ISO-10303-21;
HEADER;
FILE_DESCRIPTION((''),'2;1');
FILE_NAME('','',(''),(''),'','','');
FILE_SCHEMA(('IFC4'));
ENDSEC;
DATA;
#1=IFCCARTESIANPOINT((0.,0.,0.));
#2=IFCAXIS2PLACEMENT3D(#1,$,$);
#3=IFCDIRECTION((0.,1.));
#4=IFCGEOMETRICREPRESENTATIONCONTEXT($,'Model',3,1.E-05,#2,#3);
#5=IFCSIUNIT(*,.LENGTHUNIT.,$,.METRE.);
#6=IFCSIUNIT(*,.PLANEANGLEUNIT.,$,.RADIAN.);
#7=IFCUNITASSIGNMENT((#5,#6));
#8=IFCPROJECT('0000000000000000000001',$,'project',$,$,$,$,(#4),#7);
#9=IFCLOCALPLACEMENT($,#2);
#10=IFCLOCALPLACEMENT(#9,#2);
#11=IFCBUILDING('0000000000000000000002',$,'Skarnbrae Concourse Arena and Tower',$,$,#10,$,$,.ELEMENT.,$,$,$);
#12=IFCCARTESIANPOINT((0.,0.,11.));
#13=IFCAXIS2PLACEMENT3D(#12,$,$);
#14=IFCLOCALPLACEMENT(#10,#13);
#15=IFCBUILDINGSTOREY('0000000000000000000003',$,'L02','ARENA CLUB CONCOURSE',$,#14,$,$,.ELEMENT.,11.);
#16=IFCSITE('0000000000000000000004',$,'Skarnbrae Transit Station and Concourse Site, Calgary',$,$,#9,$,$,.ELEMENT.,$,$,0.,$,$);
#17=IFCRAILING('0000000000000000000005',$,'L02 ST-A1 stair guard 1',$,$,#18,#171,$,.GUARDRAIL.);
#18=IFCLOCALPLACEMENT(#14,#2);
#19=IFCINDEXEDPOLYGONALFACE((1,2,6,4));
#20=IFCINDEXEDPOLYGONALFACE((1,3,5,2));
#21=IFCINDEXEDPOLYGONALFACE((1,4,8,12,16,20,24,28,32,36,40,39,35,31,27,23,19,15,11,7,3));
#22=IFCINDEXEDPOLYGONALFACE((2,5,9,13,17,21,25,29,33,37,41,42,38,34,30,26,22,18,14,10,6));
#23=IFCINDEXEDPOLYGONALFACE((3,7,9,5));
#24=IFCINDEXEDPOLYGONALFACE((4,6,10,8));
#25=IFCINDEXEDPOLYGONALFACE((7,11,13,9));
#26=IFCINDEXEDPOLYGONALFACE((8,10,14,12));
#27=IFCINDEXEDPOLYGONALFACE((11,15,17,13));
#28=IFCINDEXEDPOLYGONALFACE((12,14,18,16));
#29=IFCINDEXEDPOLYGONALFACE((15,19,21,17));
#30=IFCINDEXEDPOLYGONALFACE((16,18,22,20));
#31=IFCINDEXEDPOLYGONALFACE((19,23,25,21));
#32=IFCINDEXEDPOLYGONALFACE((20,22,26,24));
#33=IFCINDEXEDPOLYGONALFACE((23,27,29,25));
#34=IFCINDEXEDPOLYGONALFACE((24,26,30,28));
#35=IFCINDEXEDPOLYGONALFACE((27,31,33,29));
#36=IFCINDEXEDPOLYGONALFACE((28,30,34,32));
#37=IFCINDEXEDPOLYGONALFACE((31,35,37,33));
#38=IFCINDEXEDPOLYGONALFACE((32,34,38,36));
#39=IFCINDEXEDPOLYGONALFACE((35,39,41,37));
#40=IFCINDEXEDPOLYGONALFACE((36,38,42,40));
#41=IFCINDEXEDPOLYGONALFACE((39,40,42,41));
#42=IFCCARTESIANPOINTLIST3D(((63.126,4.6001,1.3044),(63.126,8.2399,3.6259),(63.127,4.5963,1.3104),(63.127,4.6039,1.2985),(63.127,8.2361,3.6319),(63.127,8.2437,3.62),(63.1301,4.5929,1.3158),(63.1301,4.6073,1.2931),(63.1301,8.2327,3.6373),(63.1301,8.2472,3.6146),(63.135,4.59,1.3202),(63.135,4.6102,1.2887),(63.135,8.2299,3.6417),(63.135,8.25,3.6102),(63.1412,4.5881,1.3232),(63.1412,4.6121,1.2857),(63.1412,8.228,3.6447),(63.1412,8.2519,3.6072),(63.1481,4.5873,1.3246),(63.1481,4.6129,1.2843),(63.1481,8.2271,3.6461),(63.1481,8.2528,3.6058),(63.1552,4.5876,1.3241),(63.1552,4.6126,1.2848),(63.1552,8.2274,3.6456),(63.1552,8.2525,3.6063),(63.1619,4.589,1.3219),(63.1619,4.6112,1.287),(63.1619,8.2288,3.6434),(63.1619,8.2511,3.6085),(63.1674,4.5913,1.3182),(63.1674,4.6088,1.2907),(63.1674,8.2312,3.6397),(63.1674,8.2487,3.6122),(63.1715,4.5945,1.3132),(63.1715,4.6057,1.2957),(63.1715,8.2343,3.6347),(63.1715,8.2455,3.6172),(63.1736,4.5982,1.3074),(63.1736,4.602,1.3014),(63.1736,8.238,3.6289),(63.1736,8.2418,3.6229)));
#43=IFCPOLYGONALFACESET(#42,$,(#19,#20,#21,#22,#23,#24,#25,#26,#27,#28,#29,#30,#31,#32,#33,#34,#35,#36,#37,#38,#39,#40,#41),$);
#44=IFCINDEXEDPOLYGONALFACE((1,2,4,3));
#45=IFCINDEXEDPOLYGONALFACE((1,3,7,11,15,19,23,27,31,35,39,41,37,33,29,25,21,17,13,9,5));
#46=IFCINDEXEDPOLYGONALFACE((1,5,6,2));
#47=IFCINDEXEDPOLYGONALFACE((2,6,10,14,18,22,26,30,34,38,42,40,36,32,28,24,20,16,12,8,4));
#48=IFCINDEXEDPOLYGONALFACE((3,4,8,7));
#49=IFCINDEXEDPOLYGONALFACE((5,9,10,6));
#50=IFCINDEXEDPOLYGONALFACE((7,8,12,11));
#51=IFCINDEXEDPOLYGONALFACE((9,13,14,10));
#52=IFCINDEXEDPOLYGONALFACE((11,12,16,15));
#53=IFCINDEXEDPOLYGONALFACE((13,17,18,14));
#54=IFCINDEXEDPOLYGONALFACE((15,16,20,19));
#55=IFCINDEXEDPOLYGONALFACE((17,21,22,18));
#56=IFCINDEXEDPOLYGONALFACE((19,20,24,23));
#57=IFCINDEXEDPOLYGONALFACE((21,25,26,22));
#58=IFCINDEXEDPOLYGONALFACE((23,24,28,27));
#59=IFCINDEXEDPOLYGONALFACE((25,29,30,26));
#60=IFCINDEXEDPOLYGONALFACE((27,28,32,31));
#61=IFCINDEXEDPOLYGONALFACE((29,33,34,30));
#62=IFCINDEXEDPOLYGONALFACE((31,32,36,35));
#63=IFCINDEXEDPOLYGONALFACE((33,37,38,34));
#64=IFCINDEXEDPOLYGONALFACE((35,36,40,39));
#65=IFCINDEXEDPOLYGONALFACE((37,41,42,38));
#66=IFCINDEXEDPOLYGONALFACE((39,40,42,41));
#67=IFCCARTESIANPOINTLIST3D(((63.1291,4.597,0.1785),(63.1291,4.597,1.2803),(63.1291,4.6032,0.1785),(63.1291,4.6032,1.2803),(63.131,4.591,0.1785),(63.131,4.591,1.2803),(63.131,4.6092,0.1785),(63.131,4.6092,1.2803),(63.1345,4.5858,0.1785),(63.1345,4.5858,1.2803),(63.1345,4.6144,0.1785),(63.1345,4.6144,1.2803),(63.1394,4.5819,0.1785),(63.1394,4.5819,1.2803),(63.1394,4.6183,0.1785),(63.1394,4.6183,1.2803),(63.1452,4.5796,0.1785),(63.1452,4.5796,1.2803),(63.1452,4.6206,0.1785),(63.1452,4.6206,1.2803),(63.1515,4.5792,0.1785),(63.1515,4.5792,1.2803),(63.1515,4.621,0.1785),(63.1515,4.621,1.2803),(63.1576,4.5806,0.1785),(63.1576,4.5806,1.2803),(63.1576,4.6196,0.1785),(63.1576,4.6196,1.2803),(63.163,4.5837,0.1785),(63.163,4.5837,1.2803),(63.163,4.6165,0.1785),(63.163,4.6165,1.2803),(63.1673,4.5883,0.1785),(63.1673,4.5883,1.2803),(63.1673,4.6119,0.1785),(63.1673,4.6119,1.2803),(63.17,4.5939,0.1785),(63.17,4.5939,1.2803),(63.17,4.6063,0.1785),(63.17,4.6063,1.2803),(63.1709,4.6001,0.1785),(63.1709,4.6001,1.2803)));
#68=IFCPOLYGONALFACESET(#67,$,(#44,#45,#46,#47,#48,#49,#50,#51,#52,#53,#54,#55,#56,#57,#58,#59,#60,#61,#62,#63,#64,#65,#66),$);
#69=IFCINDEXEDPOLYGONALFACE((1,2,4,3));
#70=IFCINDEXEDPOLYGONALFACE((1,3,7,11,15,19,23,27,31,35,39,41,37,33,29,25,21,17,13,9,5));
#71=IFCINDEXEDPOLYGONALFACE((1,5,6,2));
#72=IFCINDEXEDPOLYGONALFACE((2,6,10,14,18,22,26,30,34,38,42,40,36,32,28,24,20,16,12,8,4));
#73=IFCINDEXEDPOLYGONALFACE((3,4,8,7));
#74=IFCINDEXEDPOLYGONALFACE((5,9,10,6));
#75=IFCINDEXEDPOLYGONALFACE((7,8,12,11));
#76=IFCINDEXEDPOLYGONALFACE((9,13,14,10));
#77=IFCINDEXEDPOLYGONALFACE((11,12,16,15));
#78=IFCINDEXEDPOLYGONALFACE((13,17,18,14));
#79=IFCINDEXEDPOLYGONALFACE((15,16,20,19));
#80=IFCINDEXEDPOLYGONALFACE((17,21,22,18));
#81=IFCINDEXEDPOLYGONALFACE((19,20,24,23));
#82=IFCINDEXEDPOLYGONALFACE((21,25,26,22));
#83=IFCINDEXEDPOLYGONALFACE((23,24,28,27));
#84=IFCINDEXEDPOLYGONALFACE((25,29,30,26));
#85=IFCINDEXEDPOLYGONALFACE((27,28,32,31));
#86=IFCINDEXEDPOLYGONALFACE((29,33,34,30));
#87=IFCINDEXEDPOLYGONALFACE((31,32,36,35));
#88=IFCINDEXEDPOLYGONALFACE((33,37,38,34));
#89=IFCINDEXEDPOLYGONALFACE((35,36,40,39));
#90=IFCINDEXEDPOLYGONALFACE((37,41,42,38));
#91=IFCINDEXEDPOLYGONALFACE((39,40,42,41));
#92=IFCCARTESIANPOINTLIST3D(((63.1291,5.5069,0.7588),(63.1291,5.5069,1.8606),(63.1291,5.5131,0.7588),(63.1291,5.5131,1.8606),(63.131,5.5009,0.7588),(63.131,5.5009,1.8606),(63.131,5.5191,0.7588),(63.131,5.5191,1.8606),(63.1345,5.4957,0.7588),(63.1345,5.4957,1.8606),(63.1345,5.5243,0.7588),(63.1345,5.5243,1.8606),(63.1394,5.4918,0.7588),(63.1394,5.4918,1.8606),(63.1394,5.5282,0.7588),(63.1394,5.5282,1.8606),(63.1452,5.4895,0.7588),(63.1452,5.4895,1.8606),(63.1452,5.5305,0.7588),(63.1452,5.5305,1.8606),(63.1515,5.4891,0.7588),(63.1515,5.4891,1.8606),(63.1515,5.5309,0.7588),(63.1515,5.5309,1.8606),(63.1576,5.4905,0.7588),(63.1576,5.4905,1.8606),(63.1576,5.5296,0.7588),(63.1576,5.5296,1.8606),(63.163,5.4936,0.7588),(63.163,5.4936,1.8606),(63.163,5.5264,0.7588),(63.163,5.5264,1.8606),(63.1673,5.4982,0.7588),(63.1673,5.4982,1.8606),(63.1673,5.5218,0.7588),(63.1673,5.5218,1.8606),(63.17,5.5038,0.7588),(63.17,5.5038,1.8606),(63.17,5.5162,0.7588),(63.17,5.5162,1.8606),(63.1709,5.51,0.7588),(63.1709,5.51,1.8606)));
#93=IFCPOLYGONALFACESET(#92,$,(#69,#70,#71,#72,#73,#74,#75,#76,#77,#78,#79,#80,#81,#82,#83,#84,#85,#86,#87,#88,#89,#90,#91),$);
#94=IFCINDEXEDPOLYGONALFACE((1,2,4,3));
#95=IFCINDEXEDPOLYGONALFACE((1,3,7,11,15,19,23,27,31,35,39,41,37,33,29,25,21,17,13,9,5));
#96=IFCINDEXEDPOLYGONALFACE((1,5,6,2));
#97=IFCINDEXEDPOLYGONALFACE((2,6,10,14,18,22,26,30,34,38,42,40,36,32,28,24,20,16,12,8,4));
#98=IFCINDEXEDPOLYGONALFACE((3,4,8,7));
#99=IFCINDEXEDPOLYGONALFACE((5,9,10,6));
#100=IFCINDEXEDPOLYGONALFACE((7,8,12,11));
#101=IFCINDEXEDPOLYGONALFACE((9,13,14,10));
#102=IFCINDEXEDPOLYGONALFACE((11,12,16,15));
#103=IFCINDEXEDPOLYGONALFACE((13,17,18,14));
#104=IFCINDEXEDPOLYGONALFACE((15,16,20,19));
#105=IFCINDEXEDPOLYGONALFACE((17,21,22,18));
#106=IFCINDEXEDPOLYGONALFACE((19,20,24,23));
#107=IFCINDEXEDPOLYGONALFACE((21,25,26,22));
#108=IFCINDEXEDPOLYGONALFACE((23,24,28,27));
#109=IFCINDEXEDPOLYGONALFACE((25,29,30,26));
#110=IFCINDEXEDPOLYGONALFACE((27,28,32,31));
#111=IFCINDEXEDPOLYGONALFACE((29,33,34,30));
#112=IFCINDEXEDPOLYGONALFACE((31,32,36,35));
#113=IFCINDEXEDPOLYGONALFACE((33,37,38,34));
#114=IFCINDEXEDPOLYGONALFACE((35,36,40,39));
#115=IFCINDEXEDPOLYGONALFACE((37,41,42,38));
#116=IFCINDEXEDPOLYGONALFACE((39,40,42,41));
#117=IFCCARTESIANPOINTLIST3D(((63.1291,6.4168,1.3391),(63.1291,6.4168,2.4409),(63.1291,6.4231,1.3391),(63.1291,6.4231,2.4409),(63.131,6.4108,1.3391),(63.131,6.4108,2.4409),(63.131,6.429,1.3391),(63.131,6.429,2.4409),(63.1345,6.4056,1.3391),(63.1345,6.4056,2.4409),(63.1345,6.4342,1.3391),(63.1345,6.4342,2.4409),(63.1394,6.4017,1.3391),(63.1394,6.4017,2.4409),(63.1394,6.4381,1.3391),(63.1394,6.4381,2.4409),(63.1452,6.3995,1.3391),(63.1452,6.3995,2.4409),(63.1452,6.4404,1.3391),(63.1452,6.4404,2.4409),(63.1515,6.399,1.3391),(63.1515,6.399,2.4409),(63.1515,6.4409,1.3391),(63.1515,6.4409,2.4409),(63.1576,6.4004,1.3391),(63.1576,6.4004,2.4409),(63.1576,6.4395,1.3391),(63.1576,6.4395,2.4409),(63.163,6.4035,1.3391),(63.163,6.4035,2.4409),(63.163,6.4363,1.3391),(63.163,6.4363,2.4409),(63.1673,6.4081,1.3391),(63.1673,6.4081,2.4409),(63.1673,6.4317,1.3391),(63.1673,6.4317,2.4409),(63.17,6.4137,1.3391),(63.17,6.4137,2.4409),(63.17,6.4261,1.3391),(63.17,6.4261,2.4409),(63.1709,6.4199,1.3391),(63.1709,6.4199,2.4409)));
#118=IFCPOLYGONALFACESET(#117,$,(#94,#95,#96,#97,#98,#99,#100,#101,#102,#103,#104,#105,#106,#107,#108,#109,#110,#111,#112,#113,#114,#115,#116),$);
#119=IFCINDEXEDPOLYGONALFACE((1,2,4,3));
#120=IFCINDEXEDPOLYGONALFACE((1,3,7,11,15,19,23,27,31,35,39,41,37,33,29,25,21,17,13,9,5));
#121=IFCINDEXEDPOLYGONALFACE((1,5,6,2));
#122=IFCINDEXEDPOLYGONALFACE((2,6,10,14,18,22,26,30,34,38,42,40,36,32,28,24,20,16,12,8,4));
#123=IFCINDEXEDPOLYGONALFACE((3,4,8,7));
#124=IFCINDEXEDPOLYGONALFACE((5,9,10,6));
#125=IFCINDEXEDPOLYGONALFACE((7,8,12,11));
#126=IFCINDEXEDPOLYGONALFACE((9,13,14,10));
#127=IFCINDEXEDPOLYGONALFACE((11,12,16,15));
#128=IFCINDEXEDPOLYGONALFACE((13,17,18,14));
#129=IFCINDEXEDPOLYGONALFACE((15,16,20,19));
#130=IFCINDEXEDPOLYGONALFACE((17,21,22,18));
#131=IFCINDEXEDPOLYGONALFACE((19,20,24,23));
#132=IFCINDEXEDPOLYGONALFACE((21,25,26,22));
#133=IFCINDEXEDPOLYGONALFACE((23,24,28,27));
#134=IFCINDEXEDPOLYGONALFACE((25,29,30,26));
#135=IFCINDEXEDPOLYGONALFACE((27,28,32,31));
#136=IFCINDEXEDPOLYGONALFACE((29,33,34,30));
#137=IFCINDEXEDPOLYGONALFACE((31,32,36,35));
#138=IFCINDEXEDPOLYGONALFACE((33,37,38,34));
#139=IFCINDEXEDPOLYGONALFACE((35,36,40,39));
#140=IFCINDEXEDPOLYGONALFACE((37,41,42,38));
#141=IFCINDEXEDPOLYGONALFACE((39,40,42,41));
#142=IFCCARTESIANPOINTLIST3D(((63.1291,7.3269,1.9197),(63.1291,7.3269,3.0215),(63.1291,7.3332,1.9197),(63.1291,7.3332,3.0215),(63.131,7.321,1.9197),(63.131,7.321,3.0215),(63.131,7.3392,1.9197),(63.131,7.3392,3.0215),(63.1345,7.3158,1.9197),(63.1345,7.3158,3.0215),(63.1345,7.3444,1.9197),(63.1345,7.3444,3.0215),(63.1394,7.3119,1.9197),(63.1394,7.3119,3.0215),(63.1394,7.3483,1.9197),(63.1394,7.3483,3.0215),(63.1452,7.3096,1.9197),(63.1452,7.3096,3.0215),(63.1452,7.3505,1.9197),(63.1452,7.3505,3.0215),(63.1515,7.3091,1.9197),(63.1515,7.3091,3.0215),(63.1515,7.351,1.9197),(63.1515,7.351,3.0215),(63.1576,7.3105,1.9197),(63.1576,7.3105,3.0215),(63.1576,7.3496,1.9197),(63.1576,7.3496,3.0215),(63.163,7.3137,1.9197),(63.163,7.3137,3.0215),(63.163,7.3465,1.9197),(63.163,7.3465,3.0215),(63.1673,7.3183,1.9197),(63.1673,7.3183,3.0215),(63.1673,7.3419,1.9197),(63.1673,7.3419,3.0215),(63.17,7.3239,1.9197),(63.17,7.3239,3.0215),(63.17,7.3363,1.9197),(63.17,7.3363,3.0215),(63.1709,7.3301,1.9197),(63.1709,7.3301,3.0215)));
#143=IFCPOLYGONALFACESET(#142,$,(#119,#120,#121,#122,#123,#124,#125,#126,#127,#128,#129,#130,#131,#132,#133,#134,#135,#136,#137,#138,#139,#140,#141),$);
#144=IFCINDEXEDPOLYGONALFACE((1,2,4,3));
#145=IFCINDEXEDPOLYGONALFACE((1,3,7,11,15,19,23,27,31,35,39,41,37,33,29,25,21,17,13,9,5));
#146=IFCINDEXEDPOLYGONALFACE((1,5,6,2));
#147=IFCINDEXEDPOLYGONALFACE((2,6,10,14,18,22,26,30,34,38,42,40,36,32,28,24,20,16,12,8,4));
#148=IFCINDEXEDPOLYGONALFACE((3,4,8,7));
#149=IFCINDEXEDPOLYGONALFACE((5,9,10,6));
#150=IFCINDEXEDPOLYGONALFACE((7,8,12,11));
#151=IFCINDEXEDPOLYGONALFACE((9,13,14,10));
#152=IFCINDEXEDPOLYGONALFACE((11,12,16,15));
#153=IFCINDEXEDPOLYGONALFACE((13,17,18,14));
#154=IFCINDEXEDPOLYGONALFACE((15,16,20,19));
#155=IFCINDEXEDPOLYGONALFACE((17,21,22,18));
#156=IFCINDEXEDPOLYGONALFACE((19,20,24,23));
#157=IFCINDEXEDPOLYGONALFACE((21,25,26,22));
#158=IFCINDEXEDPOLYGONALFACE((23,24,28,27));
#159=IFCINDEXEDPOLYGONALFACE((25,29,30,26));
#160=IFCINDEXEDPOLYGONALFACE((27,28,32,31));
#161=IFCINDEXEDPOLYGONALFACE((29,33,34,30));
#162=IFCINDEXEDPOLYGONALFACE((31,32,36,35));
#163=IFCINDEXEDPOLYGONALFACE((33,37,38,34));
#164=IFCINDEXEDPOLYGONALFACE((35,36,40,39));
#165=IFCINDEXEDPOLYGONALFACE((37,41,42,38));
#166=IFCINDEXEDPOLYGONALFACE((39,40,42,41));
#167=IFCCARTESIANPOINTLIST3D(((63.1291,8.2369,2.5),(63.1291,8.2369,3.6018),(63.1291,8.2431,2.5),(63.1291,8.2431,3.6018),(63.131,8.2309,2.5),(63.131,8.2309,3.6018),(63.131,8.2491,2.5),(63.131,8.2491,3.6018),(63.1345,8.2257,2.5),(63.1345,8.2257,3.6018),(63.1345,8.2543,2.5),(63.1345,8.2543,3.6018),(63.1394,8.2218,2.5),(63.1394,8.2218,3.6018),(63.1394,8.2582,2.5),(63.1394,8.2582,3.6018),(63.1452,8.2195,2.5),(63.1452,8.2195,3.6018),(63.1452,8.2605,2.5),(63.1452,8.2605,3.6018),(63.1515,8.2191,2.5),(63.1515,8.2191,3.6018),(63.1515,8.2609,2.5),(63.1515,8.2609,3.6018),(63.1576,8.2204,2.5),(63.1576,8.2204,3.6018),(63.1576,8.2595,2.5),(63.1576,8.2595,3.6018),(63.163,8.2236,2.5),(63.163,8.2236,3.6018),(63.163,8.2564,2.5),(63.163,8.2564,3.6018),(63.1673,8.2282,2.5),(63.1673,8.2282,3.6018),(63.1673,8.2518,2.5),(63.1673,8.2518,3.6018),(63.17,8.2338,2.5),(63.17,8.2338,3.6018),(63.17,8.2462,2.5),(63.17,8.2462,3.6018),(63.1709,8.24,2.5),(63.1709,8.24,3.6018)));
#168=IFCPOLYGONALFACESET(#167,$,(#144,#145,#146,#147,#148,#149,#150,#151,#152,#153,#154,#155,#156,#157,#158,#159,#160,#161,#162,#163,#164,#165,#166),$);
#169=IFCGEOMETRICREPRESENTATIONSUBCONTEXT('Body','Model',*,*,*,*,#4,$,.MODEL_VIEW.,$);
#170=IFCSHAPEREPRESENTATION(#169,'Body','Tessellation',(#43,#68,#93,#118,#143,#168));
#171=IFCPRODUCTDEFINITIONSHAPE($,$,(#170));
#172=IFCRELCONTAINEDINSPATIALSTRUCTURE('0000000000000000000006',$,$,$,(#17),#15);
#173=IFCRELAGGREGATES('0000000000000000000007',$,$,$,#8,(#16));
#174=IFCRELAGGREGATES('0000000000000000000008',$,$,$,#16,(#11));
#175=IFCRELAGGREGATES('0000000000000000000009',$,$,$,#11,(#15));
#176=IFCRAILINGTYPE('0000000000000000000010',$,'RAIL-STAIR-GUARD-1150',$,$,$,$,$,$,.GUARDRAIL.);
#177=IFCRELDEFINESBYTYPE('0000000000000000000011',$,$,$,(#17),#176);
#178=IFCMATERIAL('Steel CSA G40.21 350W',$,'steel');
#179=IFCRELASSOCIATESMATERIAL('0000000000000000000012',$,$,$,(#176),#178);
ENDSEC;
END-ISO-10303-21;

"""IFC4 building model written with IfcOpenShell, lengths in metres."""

from ifc_helpers import new_model, si_unit, direction, frame, origin, origin_2d, place, context, subcontext, project, spatial, circle, extrude, material, type_object, element, save


model = new_model("IFC4")

# Units and contexts
model_context = context("Model", 3, precision=1e-05, world=origin(), true_north=direction((0.0, 1.0)))
body_context = subcontext(model_context, "Body", "Model", "MODEL_VIEW")
ifc_project = project(units=[si_unit("LENGTHUNIT", "METRE"), si_unit("PLANEANGLEUNIT", "RADIAN")], contexts=[model_context])

# Site, building, storey
site_placement = place(None, origin())
site = spatial("IfcSite", under=ifc_project, at=site_placement, Name="Skarnbrae Transit Station and Concourse Site, Calgary", CompositionType="ELEMENT", RefElevation=0.0)
building_placement = place(site_placement, origin())
building = spatial("IfcBuilding", under=site, at=building_placement, Name="Skarnbrae Concourse Arena and Tower", CompositionType="ELEMENT")
storey_placement = place(building_placement, frame((0.0, 0.0, 11.0)))
storey = spatial("IfcBuildingStorey", under=building, at=storey_placement, Name="L02", Description="ARENA CLUB CONCOURSE", CompositionType="ELEMENT", Elevation=11.0)

# Shared definitions
ifc_material_1 = material(Name="Steel CSA G40.21 350W", Category="steel")

# Railing
railing_type_1 = type_object("IfcRailingType", Name="RAIL-STAIR-GUARD-1150", PredefinedType="GUARDRAIL", material=ifc_material_1)
railing_1_placement = place(storey_placement, frame((63.1499, 4.6001, 0.1785)))
element("IfcRailing", 1, at=railing_1_placement, inside=storey, type_object=railing_type_1, Name="L02 ST-A1 stair guard 1", PredefinedType="GUARDRAIL", context=body_context, shape_type="SweptSolid", body=[
    extrude(circle(Radius=0.0239, at=origin_2d()), frame((0.0, 0.0, 1.126), z_axis=(0.0, 0.843112, 0.537739), x_axis=(-1.0, 0.0, 0.0)), (0.0, 0.0, 1.0), 4.3171),
    extrude(circle(Radius=0.021, at=origin_2d()), origin(), (0.0, 0.0, 1.0), 1.1018),
    extrude(circle(Radius=0.021, at=origin_2d()), frame((0.0, 0.9099, 0.5803)), (0.0, 0.0, 1.0), 1.1018),
    extrude(circle(Radius=0.021, at=origin_2d()), frame((0.0, 1.8198, 1.1606)), (0.0, 0.0, 1.0), 1.1018),
    extrude(circle(Radius=0.021, at=origin_2d()), frame((0.0, 2.73, 1.7412)), (0.0, 0.0, 1.0), 1.1018),
    extrude(circle(Radius=0.021, at=origin_2d()), frame((0.0, 3.6399, 2.3215)), (0.0, 0.0, 1.0), 1.1018),
])

save(model, "model.ifc")
